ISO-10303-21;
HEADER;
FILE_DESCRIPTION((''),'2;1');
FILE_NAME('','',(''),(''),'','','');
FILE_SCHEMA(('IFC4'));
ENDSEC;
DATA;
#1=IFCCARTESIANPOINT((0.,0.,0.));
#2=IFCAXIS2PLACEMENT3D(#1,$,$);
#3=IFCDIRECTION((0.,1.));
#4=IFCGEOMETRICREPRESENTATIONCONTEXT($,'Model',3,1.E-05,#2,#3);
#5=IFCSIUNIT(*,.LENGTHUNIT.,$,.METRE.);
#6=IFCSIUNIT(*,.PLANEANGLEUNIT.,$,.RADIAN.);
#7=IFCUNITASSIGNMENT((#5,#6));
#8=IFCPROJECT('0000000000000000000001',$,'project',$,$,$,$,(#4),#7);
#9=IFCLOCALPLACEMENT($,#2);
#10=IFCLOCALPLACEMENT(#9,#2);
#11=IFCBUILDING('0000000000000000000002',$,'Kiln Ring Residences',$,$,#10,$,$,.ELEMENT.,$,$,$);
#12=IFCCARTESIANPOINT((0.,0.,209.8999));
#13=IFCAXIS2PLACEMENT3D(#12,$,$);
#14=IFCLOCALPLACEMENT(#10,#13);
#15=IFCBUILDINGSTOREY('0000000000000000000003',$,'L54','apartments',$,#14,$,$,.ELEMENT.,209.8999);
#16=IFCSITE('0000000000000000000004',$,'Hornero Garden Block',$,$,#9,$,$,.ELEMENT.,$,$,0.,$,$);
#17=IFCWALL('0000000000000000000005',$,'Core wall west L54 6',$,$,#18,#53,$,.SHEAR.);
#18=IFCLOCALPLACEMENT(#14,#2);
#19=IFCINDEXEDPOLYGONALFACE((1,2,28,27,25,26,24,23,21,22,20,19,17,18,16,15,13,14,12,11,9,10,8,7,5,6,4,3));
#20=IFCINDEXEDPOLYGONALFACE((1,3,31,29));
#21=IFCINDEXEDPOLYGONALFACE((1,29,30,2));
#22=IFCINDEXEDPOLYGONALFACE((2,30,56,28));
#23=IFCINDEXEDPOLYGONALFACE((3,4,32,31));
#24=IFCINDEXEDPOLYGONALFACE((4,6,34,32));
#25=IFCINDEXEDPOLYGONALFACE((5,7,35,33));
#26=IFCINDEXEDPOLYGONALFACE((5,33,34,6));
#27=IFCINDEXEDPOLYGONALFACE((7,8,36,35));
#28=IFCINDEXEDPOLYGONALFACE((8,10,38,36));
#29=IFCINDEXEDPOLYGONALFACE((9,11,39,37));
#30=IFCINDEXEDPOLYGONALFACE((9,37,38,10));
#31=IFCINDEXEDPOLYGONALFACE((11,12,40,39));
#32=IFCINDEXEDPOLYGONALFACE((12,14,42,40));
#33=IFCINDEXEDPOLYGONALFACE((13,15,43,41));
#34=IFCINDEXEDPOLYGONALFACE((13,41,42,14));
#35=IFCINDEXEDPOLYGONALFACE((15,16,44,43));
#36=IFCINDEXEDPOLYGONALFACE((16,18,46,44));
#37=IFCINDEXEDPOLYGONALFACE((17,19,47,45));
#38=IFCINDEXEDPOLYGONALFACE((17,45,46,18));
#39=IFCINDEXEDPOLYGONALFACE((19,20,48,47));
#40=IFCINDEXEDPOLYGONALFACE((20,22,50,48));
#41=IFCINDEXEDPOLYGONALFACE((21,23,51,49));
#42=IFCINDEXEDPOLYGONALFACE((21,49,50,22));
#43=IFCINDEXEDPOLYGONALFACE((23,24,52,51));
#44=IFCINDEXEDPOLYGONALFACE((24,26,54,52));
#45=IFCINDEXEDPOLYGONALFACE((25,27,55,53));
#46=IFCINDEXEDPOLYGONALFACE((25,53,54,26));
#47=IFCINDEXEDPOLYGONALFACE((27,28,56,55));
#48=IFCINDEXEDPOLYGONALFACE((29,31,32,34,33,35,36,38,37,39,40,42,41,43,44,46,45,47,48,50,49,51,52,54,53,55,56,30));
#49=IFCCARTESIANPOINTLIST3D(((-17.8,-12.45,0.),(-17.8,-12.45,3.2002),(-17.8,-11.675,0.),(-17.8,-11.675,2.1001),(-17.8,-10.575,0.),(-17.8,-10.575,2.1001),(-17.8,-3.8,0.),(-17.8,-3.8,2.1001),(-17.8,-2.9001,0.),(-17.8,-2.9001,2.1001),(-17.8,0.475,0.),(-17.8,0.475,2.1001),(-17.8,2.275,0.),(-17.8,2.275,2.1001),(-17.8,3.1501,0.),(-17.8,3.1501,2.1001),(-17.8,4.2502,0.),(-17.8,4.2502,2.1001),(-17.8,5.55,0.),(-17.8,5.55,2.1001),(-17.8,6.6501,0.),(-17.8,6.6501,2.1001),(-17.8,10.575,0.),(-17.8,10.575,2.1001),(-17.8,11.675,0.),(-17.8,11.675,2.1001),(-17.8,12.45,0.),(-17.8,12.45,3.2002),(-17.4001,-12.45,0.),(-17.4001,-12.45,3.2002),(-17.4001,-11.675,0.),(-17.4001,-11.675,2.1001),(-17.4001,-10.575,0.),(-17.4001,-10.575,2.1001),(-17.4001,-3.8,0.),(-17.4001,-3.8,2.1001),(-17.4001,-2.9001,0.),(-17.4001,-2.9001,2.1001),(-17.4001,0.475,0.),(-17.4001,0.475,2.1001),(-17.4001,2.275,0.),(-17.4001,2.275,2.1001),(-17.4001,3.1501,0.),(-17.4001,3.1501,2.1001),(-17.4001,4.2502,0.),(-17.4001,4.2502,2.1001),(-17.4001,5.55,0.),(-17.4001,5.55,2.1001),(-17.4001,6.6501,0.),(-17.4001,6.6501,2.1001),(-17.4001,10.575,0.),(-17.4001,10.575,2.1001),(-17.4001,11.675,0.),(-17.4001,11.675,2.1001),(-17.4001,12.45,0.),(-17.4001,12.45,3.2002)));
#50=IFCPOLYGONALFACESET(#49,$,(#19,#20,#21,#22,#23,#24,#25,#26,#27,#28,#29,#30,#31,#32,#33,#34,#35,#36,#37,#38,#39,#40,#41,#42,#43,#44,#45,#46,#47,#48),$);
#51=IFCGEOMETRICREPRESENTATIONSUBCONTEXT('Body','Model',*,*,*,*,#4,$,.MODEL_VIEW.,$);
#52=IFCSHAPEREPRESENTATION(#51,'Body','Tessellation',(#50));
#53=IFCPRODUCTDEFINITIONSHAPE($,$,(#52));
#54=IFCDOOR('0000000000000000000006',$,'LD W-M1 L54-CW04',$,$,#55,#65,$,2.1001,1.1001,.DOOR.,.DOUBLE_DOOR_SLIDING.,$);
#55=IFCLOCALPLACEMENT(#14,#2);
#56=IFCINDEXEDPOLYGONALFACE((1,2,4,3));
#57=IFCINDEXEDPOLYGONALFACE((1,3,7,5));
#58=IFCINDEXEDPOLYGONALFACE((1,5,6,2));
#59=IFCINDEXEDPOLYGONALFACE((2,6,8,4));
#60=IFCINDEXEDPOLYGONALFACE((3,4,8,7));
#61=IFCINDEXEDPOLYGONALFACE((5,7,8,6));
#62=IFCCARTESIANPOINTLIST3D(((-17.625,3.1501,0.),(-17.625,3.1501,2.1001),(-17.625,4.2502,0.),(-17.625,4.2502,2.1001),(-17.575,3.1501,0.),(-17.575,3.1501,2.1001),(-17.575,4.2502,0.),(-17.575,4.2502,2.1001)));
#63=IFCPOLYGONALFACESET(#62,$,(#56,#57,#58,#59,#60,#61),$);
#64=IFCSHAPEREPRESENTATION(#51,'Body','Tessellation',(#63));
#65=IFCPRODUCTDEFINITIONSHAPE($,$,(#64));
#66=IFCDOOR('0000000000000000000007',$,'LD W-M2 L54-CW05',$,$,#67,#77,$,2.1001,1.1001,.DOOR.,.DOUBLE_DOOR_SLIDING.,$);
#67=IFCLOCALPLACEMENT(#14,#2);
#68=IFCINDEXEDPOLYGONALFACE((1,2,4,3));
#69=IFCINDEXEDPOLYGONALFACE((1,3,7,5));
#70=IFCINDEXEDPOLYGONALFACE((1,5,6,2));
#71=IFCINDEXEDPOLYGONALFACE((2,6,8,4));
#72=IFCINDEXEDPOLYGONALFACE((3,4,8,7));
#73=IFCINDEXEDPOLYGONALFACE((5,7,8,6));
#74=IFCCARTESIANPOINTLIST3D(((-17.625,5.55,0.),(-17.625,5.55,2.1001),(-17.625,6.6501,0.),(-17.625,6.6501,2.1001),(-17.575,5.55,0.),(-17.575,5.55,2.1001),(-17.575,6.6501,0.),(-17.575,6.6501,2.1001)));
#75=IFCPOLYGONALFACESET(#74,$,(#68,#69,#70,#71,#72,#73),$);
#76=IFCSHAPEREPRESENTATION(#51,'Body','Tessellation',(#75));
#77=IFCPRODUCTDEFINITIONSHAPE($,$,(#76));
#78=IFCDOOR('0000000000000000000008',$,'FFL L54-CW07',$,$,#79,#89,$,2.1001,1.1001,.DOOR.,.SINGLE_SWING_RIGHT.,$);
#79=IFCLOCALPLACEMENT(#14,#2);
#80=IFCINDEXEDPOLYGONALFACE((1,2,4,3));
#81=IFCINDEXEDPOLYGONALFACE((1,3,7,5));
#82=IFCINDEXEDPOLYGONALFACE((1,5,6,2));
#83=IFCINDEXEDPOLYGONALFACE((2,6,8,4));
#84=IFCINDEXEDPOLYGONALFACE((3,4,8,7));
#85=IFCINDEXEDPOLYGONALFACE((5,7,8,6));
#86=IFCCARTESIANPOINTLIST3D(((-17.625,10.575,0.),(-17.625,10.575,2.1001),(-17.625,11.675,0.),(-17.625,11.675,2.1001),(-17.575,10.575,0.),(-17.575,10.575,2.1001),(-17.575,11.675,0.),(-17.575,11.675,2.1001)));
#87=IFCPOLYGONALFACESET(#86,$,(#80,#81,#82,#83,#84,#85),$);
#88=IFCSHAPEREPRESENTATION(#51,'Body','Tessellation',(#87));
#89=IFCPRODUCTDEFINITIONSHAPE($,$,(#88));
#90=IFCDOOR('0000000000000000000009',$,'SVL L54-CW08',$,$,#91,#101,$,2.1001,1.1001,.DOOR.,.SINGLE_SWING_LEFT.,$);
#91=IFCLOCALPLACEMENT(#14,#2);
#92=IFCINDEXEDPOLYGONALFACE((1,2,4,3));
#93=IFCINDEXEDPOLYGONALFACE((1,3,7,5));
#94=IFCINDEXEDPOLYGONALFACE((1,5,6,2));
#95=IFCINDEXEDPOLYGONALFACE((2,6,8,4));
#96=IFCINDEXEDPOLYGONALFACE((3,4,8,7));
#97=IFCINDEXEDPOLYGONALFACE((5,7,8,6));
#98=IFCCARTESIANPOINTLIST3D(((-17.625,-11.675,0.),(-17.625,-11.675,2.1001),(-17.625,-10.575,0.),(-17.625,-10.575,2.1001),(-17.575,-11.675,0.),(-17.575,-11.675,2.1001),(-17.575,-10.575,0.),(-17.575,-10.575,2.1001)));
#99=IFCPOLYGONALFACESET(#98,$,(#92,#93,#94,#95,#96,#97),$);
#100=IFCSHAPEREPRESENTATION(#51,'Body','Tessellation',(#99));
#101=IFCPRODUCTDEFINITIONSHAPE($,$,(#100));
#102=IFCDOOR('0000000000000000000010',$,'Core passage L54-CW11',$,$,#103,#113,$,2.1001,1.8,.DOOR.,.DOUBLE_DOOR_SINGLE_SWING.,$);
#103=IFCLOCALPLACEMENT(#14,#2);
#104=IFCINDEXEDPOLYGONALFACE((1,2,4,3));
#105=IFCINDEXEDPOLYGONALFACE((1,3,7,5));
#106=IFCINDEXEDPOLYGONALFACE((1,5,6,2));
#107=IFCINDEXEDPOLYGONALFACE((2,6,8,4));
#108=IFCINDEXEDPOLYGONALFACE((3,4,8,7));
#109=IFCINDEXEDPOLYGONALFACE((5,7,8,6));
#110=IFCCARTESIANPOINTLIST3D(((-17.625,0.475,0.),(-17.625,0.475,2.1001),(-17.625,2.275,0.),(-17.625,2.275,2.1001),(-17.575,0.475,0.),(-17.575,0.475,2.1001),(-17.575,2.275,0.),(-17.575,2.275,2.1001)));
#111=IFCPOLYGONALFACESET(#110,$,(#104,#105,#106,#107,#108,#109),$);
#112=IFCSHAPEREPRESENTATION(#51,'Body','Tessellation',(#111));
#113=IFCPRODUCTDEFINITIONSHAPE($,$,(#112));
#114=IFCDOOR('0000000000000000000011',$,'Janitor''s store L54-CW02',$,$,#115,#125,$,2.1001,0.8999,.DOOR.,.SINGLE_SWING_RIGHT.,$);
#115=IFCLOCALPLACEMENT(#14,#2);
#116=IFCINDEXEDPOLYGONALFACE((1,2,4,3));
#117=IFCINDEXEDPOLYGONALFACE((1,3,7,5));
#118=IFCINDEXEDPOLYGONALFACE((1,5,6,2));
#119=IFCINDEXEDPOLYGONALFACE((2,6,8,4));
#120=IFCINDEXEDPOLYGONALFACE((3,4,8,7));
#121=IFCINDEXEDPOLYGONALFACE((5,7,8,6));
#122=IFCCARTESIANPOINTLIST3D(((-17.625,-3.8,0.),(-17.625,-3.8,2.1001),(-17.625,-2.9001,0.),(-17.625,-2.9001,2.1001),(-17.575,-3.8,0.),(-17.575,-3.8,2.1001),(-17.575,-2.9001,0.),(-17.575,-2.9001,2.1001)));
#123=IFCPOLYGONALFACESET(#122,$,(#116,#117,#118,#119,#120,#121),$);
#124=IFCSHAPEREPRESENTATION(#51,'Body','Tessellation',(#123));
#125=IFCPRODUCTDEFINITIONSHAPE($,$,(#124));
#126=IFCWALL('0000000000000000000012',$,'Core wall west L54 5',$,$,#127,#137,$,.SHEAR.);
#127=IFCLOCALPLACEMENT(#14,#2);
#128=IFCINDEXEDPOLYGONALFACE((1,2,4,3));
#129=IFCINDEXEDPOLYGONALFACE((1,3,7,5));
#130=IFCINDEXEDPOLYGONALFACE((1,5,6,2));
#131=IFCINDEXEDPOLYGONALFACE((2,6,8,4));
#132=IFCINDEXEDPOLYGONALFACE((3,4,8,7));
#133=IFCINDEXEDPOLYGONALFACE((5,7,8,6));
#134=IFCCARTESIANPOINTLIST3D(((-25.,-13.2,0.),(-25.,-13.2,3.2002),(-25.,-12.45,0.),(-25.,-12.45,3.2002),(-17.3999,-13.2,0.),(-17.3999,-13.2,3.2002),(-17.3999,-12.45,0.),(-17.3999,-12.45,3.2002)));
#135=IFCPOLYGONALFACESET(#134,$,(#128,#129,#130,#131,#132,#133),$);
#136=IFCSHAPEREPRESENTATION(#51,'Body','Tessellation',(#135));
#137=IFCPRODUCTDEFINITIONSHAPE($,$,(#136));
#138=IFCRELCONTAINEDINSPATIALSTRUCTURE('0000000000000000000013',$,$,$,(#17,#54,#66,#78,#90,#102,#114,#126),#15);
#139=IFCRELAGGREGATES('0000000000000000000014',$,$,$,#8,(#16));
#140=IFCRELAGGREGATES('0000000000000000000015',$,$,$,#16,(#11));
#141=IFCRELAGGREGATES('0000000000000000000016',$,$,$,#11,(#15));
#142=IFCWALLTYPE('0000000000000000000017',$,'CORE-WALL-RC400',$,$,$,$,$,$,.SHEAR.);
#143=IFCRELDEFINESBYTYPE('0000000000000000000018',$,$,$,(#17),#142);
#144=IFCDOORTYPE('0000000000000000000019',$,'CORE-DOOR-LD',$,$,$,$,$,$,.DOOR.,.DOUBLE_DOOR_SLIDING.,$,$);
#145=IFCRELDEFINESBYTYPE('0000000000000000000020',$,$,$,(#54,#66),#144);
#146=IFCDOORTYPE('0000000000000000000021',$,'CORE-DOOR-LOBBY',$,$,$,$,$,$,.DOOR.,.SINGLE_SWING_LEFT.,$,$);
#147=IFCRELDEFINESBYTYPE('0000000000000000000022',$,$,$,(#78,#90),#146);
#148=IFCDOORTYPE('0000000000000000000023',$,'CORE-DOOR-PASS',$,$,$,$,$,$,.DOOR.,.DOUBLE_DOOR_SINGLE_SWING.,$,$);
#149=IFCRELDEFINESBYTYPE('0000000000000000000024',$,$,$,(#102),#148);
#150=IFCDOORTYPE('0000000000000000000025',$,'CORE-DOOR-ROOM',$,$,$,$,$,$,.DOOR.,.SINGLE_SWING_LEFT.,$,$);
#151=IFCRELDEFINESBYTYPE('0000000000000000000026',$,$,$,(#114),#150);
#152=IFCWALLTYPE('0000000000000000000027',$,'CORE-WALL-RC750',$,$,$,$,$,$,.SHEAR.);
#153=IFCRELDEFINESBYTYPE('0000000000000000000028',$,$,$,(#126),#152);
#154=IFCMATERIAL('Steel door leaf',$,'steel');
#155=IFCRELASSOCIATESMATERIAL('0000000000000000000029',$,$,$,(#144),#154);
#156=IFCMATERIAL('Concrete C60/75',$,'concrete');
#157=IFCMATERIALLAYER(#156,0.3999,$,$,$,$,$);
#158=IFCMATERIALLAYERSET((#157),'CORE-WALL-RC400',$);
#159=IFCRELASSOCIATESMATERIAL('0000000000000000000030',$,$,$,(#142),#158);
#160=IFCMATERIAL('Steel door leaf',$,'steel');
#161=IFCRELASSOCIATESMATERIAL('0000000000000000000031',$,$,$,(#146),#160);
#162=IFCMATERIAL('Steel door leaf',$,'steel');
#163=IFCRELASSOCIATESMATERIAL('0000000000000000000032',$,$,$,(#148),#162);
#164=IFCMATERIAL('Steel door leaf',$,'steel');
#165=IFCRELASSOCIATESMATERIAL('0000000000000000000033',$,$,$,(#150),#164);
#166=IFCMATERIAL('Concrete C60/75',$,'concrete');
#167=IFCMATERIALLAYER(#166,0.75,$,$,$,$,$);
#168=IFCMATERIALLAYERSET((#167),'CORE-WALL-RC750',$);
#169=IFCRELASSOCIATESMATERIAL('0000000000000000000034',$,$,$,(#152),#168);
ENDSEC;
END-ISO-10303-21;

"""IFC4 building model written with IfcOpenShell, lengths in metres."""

from ifc_helpers import new_model, si_unit, direction, frame, frame_2d, origin, place, context, subcontext, project, spatial, rectangle, extrude, material, layer, layer_set, type_object, element, fill, save


model = new_model("IFC4")

# Units and contexts
model_context = context("Model", 3, precision=1e-05, world=origin(), true_north=direction((0.0, 1.0)))
body_context = subcontext(model_context, "Body", "Model", "MODEL_VIEW")
ifc_project = project(units=[si_unit("LENGTHUNIT", "METRE"), si_unit("PLANEANGLEUNIT", "RADIAN")], contexts=[model_context])

# Site, building, storey
site_placement = place(None, origin())
site = spatial("IfcSite", under=ifc_project, at=site_placement, Name="Hornero Garden Block", CompositionType="ELEMENT", RefElevation=0.0)
building_placement = place(site_placement, origin())
building = spatial("IfcBuilding", under=site, at=building_placement, Name="Kiln Ring Residences", CompositionType="ELEMENT")
storey_placement = place(building_placement, frame((0.0, 0.0, 209.8999)))
storey = spatial("IfcBuildingStorey", under=building, at=storey_placement, Name="L54", Description="apartments", CompositionType="ELEMENT", Elevation=209.8999)

# Wall, openings, doors
ifc_material_1 = material(Name="Steel door leaf", Category="steel")
door_type_1 = type_object("IfcDoorType", Name="CORE-DOOR-LD", OperationType="DOUBLE_DOOR_SLIDING", PredefinedType="DOOR", material=ifc_material_1)
ifc_material_2 = material(Name="Concrete C60/75", Category="concrete")
ifc_layer_1 = layer(ifc_material_2, 0.3999)
ifc_layer_set_1 = layer_set([ifc_layer_1], Name="CORE-WALL-RC400")
wall_type_1 = type_object("IfcWallType", Name="CORE-WALL-RC400", PredefinedType="SHEAR", material=ifc_layer_set_1)
wall_1_placement = place(storey_placement, frame((-17.6001, -12.45, 0.0), z_axis=(0.0, 0.0, 1.0), x_axis=(0.0, 1.0, 0.0)))
wall_1 = element("IfcWall", 1, at=wall_1_placement, inside=storey, type_object=wall_type_1, Name="Core wall west L54 6", PredefinedType="SHEAR", context=body_context, shape_type="SweptSolid", body=[
    extrude(rectangle(XDim=24.8999, YDim=0.3999, at=frame_2d((12.45, 0.0))), origin(), (0.0, 0.0, 1.0), 3.2002),
])
opening_1_placement = place(wall_1_placement, frame((8.6499, 0.0, 0.0)))
opening_1 = element("IfcOpeningElement", 2, at=opening_1_placement, cuts=wall_1, PredefinedType="OPENING", context=body_context, shape_type="SweptSolid", body=[
    extrude(rectangle(XDim=0.8999, YDim=2.1001, at=frame_2d((0.45, 1.05))), frame((0.0, 0.21, 0.0), z_axis=(0.0, -1.0, 0.0), x_axis=(1.0, 0.0, 0.0)), (0.0, 0.0, 1.0), 0.4199),
])
opening_2_placement = place(wall_1_placement, frame((15.6001, 0.0, 0.0)))
opening_2 = element("IfcOpeningElement", 3, at=opening_2_placement, cuts=wall_1, PredefinedType="OPENING", context=body_context, shape_type="SweptSolid", body=[
    extrude(rectangle(XDim=1.1001, YDim=2.1001, at=frame_2d((0.55, 1.05))), frame((0.0, 0.21, 0.0), z_axis=(0.0, -1.0, 0.0), x_axis=(1.0, 0.0, 0.0)), (0.0, 0.0, 1.0), 0.4199),
])
opening_3_placement = place(wall_1_placement, frame((18.0, 0.0, 0.0)))
opening_3 = element("IfcOpeningElement", 4, at=opening_3_placement, cuts=wall_1, PredefinedType="OPENING", context=body_context, shape_type="SweptSolid", body=[
    extrude(rectangle(XDim=1.1001, YDim=2.1001, at=frame_2d((0.55, 1.05))), frame((0.0, 0.21, 0.0), z_axis=(0.0, -1.0, 0.0), x_axis=(1.0, 0.0, 0.0)), (0.0, 0.0, 1.0), 0.4199),
])
opening_4_placement = place(wall_1_placement, frame((23.0249, 0.0, 0.0)))
opening_4 = element("IfcOpeningElement", 5, at=opening_4_placement, cuts=wall_1, PredefinedType="OPENING", context=body_context, shape_type="SweptSolid", body=[
    extrude(rectangle(XDim=1.1001, YDim=2.1001, at=frame_2d((0.55, 1.05))), frame((0.0, 0.21, 0.0), z_axis=(0.0, -1.0, 0.0), x_axis=(1.0, 0.0, 0.0)), (0.0, 0.0, 1.0), 0.4199),
])
opening_5_placement = place(wall_1_placement, frame((0.7749, 0.0, 0.0)))
opening_5 = element("IfcOpeningElement", 6, at=opening_5_placement, cuts=wall_1, PredefinedType="OPENING", context=body_context, shape_type="SweptSolid", body=[
    extrude(rectangle(XDim=1.1001, YDim=2.1001, at=frame_2d((0.55, 1.05))), frame((0.0, 0.21, 0.0), z_axis=(0.0, -1.0, 0.0), x_axis=(1.0, 0.0, 0.0)), (0.0, 0.0, 1.0), 0.4199),
])
opening_6_placement = place(wall_1_placement, frame((12.925, 0.0, 0.0)))
opening_6 = element("IfcOpeningElement", 7, at=opening_6_placement, cuts=wall_1, PredefinedType="OPENING", context=body_context, shape_type="SweptSolid", body=[
    extrude(rectangle(XDim=1.8, YDim=2.1001, at=frame_2d((0.8999, 1.05))), frame((0.0, 0.21, 0.0), z_axis=(0.0, -1.0, 0.0), x_axis=(1.0, 0.0, 0.0)), (0.0, 0.0, 1.0), 0.4199),
])
door_1_placement = place(opening_2_placement, origin())
door_1 = element("IfcDoor", 8, at=door_1_placement, inside=storey, type_object=door_type_1, Name="LD W-M1 L54-CW04", OperationType="DOUBLE_DOOR_SLIDING", OverallHeight=2.1001, OverallWidth=1.1001, PredefinedType="DOOR", context=body_context, shape_type="SweptSolid", body=[
    extrude(rectangle(XDim=1.1001, YDim=2.1001, at=frame_2d((0.55, 1.05))), frame((0.0, 0.0249, 0.0), z_axis=(0.0, -1.0, 0.0), x_axis=(1.0, 0.0, 0.0)), (0.0, 0.0, 1.0), 0.05),
])
fill(opening_2, door_1)
door_2_placement = place(opening_3_placement, origin())
door_2 = element("IfcDoor", 9, at=door_2_placement, inside=storey, type_object=door_type_1, Name="LD W-M2 L54-CW05", OperationType="DOUBLE_DOOR_SLIDING", OverallHeight=2.1001, OverallWidth=1.1001, PredefinedType="DOOR", context=body_context, shape_type="SweptSolid", body=[
    extrude(rectangle(XDim=1.1001, YDim=2.1001, at=frame_2d((0.55, 1.05))), frame((0.0, 0.0249, 0.0), z_axis=(0.0, -1.0, 0.0), x_axis=(1.0, 0.0, 0.0)), (0.0, 0.0, 1.0), 0.05),
])
fill(opening_3, door_2)
ifc_material_3 = material(Name="Steel door leaf", Category="steel")
door_type_2 = type_object("IfcDoorType", Name="CORE-DOOR-LOBBY", OperationType="SINGLE_SWING_LEFT", PredefinedType="DOOR", material=ifc_material_3)
door_3_placement = place(opening_4_placement, origin())
door_3 = element("IfcDoor", 10, at=door_3_placement, inside=storey, type_object=door_type_2, Name="FFL L54-CW07", OperationType="SINGLE_SWING_RIGHT", OverallHeight=2.1001, OverallWidth=1.1001, PredefinedType="DOOR", context=body_context, shape_type="SweptSolid", body=[
    extrude(rectangle(XDim=1.1001, YDim=2.1001, at=frame_2d((0.55, 1.05))), frame((0.0, 0.0249, 0.0), z_axis=(0.0, -1.0, 0.0), x_axis=(1.0, 0.0, 0.0)), (0.0, 0.0, 1.0), 0.05),
])
fill(opening_4, door_3)
door_4_placement = place(opening_5_placement, origin())
door_4 = element("IfcDoor", 11, at=door_4_placement, inside=storey, type_object=door_type_2, Name="SVL L54-CW08", OperationType="SINGLE_SWING_LEFT", OverallHeight=2.1001, OverallWidth=1.1001, PredefinedType="DOOR", context=body_context, shape_type="SweptSolid", body=[
    extrude(rectangle(XDim=1.1001, YDim=2.1001, at=frame_2d((0.55, 1.05))), frame((0.0, 0.0249, 0.0), z_axis=(0.0, -1.0, 0.0), x_axis=(1.0, 0.0, 0.0)), (0.0, 0.0, 1.0), 0.05),
])
fill(opening_5, door_4)
ifc_material_4 = material(Name="Steel door leaf", Category="steel")
door_type_3 = type_object("IfcDoorType", Name="CORE-DOOR-PASS", OperationType="DOUBLE_DOOR_SINGLE_SWING", PredefinedType="DOOR", material=ifc_material_4)
door_5_placement = place(opening_6_placement, origin())
door_5 = element("IfcDoor", 12, at=door_5_placement, inside=storey, type_object=door_type_3, Name="Core passage L54-CW11", OperationType="DOUBLE_DOOR_SINGLE_SWING", OverallHeight=2.1001, OverallWidth=1.8, PredefinedType="DOOR", context=body_context, shape_type="SweptSolid", body=[
    extrude(rectangle(XDim=1.8, YDim=2.1001, at=frame_2d((0.8999, 1.05))), frame((0.0, 0.0249, 0.0), z_axis=(0.0, -1.0, 0.0), x_axis=(1.0, 0.0, 0.0)), (0.0, 0.0, 1.0), 0.05),
])
fill(opening_6, door_5)
ifc_material_5 = material(Name="Steel door leaf", Category="steel")
door_type_4 = type_object("IfcDoorType", Name="CORE-DOOR-ROOM", OperationType="SINGLE_SWING_LEFT", PredefinedType="DOOR", material=ifc_material_5)
door_6_placement = place(opening_1_placement, origin())
door_6 = element("IfcDoor", 13, at=door_6_placement, inside=storey, type_object=door_type_4, Name="Janitor's store L54-CW02", OperationType="SINGLE_SWING_RIGHT", OverallHeight=2.1001, OverallWidth=0.8999, PredefinedType="DOOR", context=body_context, shape_type="SweptSolid", body=[
    extrude(rectangle(XDim=0.8999, YDim=2.1001, at=frame_2d((0.45, 1.05))), frame((0.0, 0.0249, 0.0), z_axis=(0.0, -1.0, 0.0), x_axis=(1.0, 0.0, 0.0)), (0.0, 0.0, 1.0), 0.05),
])
fill(opening_1, door_6)

# Wall
ifc_material_6 = material(Name="Concrete C60/75", Category="concrete")
ifc_layer_2 = layer(ifc_material_6, 0.75)
ifc_layer_set_2 = layer_set([ifc_layer_2], Name="CORE-WALL-RC750")
wall_type_2 = type_object("IfcWallType", Name="CORE-WALL-RC750", PredefinedType="SHEAR", material=ifc_layer_set_2)
wall_2_placement = place(storey_placement, frame((-17.3999, -12.825, 0.0), z_axis=(0.0, 0.0, 1.0), x_axis=(-1.0, 0.0, 0.0)))
element("IfcWall", 14, at=wall_2_placement, inside=storey, type_object=wall_type_2, Name="Core wall west L54 5", PredefinedType="SHEAR", context=body_context, shape_type="SweptSolid", body=[
    extrude(rectangle(XDim=7.6001, YDim=0.75, at=frame_2d((3.8, 0.0))), origin(), (0.0, 0.0, 1.0), 3.2002),
])

save(model, "model.ifc")
